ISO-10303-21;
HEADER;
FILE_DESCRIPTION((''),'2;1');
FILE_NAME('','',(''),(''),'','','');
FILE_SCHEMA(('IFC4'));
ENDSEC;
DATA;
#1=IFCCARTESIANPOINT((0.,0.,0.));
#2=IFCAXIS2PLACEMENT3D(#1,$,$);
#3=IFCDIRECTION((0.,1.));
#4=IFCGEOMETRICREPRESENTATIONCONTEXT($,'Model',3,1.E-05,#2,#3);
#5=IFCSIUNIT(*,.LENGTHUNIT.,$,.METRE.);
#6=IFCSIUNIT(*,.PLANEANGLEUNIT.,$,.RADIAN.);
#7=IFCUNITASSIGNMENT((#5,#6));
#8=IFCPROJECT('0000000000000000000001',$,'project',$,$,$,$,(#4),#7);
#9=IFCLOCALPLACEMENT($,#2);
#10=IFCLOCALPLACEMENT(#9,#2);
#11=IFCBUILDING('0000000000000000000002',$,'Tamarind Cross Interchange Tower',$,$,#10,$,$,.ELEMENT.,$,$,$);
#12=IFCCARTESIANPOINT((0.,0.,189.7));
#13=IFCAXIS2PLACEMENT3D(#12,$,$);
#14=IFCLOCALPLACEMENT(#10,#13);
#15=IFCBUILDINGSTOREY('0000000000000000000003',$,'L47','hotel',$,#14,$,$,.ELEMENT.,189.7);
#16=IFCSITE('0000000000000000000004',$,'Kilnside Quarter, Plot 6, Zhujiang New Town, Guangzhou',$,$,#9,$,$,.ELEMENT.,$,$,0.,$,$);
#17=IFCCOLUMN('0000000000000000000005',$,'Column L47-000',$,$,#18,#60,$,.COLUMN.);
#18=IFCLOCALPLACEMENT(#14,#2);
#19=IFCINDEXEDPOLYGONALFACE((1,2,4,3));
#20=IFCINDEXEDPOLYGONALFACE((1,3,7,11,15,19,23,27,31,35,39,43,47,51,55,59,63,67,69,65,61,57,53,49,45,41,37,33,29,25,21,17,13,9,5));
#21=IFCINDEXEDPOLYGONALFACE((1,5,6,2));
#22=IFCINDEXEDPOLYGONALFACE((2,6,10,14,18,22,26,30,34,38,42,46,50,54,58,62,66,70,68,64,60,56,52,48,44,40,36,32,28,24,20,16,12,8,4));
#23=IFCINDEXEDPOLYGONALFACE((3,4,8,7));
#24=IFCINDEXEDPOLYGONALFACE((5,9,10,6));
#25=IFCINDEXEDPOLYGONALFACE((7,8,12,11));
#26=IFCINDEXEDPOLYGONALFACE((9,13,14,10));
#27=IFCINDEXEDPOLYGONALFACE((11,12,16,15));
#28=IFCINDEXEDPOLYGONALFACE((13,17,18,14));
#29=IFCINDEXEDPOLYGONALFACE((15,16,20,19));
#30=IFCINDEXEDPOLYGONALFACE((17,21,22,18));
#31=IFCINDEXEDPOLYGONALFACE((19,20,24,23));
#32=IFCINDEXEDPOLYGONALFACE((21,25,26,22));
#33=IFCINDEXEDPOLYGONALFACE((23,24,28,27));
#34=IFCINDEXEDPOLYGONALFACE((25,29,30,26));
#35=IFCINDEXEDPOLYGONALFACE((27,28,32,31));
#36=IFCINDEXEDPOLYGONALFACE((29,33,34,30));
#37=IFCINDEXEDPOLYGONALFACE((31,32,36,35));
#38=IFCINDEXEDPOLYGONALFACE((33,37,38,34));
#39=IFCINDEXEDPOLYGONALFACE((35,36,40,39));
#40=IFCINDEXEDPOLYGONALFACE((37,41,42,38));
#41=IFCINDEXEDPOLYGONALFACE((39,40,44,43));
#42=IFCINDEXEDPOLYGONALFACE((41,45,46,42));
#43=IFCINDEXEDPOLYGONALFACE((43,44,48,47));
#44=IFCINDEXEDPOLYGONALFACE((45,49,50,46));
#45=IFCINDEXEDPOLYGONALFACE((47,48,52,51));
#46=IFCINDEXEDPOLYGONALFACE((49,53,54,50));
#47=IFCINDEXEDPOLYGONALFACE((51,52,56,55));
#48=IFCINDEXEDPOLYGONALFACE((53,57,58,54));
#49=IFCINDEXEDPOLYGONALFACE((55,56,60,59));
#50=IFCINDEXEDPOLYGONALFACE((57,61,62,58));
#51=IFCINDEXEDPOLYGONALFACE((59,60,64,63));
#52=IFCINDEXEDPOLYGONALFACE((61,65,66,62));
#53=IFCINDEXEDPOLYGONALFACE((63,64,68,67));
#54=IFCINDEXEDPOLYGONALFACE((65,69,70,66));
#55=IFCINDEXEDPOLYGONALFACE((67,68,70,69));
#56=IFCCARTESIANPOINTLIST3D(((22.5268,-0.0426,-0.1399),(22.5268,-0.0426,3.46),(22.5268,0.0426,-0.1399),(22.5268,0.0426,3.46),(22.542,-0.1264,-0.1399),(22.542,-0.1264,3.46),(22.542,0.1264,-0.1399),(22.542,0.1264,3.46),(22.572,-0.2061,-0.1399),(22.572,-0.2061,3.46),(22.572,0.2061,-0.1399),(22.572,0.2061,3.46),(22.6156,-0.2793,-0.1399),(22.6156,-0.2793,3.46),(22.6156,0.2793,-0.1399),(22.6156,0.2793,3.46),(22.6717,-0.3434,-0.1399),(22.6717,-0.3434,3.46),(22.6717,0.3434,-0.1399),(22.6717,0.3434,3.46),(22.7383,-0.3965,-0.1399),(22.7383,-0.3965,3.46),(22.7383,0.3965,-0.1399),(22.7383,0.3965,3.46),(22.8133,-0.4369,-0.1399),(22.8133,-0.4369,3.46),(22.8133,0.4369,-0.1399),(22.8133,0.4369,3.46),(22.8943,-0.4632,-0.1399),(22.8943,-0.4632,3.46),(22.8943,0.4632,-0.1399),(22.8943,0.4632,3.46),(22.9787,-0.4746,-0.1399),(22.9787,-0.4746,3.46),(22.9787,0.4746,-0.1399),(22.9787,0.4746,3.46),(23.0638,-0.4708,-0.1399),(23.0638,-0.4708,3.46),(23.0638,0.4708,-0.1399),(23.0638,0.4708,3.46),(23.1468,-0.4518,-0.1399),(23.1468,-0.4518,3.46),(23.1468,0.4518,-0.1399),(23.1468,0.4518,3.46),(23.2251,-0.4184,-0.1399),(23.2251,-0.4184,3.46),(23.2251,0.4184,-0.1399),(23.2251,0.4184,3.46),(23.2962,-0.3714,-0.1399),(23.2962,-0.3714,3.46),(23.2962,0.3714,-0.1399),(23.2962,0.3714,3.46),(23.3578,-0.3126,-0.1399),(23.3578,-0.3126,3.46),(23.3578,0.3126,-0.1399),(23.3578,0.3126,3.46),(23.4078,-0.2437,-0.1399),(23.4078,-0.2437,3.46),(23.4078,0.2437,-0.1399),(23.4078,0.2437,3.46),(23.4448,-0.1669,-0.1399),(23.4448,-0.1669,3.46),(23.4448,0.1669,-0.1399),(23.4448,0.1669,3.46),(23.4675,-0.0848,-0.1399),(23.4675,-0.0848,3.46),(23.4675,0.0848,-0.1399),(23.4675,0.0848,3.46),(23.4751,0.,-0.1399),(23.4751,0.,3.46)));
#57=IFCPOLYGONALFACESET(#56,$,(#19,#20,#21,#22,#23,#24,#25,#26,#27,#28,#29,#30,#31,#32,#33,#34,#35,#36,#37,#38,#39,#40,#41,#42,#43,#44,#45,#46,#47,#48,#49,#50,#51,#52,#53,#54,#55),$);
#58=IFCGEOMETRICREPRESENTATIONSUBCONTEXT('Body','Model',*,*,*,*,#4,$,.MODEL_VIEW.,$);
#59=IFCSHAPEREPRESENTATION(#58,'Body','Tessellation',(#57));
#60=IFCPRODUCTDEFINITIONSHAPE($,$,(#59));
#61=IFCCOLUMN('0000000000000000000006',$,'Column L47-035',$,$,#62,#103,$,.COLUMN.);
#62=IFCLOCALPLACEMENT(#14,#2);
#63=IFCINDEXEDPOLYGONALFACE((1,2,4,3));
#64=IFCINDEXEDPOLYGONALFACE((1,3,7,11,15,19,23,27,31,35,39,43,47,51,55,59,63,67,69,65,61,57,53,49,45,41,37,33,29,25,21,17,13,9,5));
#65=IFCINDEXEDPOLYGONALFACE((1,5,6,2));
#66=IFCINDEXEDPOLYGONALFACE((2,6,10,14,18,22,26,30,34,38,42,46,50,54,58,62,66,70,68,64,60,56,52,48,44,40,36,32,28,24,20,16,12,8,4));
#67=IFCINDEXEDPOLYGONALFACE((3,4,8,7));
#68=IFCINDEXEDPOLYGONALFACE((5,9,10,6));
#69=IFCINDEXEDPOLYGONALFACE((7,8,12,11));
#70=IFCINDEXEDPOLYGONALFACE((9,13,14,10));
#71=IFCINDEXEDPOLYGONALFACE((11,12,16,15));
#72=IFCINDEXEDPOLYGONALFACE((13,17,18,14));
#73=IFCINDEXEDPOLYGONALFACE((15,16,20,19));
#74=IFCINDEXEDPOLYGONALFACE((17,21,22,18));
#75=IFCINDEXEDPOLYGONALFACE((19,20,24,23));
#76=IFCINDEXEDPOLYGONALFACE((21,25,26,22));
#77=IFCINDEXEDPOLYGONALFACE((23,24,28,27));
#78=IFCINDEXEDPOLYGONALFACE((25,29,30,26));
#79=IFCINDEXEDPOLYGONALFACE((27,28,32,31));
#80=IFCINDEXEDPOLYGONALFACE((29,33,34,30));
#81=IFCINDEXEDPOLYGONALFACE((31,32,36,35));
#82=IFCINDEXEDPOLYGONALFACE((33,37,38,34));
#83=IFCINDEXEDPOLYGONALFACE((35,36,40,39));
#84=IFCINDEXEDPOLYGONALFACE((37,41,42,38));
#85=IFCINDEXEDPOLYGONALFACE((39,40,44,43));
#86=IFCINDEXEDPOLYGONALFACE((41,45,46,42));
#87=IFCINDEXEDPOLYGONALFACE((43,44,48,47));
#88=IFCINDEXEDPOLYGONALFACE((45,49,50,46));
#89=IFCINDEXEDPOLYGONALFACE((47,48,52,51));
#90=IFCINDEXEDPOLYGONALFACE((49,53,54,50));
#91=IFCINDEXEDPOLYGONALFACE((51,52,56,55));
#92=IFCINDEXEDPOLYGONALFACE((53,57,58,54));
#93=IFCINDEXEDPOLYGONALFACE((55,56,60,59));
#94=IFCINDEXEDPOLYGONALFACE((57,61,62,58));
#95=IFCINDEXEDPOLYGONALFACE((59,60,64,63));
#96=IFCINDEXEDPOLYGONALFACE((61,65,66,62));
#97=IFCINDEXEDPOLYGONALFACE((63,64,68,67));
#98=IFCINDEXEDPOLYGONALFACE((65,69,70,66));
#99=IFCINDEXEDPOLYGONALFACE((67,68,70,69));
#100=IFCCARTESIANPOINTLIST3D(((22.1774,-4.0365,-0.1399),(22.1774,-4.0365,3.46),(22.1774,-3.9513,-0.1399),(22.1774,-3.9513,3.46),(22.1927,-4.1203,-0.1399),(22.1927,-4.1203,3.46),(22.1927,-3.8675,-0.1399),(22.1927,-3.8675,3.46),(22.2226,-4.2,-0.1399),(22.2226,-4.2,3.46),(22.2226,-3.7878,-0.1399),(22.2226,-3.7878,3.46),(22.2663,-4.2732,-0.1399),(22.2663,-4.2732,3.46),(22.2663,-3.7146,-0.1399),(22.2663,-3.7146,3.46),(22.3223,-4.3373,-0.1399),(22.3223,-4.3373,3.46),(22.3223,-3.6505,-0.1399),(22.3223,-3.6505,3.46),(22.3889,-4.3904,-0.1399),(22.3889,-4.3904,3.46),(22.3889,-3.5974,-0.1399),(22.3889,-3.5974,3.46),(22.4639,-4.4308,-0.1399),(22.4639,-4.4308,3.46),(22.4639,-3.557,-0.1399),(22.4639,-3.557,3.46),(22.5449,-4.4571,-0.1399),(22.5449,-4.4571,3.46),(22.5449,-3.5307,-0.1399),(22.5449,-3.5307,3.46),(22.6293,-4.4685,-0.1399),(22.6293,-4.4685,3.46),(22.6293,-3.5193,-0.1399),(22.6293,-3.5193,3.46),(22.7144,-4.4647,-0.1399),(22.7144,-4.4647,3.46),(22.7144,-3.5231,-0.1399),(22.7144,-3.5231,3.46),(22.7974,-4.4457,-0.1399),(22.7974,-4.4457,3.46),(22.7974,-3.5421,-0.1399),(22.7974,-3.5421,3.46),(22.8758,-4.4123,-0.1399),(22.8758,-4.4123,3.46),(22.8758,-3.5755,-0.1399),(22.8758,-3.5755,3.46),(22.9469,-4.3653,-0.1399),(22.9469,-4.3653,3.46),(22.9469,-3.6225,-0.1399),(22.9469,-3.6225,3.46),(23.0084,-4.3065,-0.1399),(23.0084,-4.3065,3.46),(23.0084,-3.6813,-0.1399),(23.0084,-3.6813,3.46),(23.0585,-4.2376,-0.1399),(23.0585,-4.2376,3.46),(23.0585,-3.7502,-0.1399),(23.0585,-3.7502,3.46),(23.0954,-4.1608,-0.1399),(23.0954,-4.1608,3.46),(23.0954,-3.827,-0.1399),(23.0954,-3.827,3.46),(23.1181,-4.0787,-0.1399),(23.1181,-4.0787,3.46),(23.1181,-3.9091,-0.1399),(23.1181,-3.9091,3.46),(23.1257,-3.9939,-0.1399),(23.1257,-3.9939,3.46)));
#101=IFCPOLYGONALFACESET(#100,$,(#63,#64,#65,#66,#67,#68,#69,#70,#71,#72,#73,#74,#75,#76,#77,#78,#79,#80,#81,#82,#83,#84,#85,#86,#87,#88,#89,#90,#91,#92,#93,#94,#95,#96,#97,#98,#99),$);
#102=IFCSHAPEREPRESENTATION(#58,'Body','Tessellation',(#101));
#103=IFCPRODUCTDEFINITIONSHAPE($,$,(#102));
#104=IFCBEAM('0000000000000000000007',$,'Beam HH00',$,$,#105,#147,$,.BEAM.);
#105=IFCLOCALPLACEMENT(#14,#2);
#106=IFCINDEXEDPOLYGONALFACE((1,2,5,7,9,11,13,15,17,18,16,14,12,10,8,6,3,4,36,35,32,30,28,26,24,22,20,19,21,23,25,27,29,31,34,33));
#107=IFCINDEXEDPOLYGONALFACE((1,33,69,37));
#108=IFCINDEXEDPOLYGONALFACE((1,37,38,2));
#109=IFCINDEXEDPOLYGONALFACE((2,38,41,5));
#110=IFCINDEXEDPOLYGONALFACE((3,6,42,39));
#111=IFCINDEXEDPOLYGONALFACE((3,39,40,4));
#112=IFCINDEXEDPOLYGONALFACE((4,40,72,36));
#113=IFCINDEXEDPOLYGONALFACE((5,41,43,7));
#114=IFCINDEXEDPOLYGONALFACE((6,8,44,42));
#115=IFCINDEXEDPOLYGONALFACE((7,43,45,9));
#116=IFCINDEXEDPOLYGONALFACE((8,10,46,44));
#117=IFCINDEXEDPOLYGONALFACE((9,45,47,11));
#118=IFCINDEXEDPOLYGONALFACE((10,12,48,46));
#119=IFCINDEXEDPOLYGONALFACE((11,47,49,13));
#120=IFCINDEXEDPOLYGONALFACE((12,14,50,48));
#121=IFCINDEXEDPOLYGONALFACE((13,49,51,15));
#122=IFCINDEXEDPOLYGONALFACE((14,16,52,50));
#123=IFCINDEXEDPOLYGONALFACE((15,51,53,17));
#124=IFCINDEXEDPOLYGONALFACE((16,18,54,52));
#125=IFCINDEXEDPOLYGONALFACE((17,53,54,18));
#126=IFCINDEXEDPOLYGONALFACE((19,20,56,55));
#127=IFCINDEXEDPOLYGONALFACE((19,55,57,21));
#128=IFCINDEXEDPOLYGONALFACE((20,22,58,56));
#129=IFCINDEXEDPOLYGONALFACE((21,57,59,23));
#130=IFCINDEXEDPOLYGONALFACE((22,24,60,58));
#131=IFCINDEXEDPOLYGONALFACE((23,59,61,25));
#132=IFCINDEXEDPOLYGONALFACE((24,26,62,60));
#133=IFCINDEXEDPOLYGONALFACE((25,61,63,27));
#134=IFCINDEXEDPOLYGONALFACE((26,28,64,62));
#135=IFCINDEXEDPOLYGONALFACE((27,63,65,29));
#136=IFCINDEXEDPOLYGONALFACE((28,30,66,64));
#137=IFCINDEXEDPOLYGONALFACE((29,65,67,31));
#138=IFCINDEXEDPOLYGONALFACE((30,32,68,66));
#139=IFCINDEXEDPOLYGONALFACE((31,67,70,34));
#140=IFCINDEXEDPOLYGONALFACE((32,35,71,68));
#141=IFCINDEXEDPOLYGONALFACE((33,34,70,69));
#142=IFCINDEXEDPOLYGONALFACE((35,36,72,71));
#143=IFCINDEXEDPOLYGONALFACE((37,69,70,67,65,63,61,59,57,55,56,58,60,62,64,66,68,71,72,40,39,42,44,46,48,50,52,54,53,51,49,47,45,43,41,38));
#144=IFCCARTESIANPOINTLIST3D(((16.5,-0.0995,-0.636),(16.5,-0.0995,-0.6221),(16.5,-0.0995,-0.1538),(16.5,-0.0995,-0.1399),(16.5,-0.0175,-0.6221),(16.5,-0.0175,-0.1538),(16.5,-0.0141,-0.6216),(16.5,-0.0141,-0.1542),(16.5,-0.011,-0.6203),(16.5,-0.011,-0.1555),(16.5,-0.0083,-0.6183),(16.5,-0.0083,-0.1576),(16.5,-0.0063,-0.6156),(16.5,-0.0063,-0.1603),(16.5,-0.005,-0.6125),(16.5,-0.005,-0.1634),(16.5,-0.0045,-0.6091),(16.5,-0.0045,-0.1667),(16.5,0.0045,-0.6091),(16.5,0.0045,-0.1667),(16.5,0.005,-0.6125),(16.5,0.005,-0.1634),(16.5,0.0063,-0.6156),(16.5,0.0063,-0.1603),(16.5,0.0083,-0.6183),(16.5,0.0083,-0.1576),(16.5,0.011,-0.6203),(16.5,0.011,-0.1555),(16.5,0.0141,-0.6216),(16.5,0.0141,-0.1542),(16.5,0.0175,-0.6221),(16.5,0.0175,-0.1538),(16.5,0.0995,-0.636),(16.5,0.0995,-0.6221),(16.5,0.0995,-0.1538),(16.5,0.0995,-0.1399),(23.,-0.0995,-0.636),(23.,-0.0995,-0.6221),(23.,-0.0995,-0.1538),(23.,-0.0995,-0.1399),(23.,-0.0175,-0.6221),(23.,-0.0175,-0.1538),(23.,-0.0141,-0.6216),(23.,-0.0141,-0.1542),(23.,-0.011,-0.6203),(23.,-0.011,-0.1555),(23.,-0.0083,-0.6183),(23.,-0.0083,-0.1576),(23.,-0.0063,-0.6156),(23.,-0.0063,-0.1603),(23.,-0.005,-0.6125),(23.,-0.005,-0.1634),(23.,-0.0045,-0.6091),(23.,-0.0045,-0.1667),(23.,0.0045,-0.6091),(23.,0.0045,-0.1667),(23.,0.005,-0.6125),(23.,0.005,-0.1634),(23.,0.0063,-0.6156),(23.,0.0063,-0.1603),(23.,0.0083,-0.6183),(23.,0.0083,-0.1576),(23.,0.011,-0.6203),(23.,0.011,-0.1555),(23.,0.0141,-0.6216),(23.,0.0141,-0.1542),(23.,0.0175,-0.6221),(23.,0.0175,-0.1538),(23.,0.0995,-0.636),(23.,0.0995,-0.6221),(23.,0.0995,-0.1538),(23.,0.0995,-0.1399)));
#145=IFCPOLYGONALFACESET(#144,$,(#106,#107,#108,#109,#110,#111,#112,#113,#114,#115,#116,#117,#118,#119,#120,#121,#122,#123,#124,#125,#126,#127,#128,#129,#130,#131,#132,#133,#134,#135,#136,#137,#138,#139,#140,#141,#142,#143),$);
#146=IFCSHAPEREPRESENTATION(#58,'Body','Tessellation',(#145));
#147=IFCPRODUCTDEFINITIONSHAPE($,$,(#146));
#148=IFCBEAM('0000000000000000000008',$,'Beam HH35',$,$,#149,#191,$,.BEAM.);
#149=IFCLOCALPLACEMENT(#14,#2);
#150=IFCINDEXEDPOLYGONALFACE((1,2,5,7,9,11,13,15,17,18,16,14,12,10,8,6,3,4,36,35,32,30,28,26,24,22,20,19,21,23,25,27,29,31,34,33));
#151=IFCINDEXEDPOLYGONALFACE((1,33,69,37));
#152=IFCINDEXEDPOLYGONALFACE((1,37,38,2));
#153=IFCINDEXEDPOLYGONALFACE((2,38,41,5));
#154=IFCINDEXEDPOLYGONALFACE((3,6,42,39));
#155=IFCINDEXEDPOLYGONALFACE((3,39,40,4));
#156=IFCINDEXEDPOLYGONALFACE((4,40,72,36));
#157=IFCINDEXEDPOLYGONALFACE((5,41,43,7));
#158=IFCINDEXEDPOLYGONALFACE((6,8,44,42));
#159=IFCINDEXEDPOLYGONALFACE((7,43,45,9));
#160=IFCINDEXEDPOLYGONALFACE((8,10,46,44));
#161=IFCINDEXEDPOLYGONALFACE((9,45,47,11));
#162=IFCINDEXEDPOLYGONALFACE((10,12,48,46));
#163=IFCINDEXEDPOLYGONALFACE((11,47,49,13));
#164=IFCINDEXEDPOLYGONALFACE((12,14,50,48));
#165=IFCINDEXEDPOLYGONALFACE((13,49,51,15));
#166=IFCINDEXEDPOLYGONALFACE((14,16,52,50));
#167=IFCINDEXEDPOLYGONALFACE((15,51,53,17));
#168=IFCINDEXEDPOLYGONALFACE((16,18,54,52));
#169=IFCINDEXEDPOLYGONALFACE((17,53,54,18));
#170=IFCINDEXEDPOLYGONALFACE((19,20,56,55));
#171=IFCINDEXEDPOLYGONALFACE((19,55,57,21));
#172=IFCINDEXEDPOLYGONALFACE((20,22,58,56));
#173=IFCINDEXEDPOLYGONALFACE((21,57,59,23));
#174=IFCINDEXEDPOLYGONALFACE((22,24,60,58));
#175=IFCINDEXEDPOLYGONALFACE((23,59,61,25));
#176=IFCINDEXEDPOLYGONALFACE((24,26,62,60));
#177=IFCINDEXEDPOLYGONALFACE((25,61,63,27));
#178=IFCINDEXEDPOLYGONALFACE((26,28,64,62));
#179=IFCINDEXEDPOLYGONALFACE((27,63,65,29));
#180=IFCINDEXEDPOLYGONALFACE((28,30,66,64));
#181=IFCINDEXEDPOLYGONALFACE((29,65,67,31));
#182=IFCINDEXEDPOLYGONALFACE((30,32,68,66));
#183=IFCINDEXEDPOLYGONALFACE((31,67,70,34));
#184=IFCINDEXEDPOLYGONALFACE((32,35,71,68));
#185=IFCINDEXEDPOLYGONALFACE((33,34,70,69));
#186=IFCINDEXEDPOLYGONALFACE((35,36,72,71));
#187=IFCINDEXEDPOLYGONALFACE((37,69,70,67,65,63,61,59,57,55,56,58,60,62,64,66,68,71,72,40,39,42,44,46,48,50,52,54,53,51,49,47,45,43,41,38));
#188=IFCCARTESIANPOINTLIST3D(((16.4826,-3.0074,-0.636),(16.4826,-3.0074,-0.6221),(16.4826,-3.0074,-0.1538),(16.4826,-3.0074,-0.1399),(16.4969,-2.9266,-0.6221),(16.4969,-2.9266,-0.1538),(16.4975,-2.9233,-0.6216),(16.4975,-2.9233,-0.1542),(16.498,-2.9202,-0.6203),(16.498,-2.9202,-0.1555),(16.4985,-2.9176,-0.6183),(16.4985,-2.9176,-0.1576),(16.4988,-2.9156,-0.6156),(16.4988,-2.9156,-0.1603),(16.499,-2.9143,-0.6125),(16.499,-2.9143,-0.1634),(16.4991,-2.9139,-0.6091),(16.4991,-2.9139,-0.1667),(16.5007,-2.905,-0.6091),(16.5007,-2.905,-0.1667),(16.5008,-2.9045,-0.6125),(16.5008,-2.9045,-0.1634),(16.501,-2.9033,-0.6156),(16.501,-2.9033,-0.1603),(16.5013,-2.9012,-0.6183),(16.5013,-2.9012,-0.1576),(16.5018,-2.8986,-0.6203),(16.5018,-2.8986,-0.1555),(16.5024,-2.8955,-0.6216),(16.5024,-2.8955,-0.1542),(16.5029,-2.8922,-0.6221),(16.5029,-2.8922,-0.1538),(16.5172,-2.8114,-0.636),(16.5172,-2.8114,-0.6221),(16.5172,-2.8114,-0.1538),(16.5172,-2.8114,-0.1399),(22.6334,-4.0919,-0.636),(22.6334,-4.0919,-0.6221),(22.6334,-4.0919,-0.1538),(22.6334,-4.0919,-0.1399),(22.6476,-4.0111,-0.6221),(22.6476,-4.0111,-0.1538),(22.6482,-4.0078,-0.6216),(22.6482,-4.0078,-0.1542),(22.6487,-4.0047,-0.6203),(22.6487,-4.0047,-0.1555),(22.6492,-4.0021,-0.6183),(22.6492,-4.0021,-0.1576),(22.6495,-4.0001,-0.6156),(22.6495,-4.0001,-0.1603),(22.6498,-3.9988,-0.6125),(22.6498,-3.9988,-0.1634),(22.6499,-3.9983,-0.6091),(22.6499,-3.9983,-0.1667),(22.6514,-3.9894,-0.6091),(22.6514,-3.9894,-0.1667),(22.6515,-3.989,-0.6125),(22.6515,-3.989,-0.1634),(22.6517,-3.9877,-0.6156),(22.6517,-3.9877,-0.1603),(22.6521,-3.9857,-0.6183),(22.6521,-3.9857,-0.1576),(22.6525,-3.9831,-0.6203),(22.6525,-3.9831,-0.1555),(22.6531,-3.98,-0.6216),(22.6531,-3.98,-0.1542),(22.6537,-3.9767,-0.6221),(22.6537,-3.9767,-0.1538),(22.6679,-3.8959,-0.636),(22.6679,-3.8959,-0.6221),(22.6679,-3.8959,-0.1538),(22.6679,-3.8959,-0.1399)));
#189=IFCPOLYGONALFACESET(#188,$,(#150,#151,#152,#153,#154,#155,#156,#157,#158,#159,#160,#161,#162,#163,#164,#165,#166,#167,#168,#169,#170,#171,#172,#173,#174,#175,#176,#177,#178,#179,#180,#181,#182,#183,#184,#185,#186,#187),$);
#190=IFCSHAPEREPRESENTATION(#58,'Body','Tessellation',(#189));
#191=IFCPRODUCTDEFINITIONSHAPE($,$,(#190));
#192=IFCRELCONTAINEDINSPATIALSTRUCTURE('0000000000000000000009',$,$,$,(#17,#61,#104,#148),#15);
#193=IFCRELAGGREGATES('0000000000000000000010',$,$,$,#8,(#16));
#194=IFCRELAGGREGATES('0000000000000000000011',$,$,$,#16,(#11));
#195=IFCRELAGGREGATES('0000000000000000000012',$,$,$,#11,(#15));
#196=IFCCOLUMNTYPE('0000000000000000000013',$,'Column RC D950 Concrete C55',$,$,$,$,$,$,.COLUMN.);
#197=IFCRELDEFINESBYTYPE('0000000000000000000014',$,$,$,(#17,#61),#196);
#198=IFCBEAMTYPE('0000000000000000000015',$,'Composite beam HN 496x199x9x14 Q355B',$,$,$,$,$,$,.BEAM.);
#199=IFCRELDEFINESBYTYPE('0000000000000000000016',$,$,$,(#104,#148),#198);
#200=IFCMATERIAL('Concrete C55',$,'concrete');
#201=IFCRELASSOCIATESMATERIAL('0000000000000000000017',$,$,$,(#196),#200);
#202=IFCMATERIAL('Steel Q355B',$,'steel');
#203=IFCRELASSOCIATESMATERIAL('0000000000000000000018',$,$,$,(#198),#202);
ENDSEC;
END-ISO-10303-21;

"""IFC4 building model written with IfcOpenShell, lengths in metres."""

from ifc_helpers import new_model, si_unit, direction, frame, origin, origin_2d, place, context, subcontext, project, spatial, circle, i_section, extrude, material, material_profile, profile_set, type_object, element, save


model = new_model("IFC4")

# Units and contexts
model_context = context("Model", 3, precision=1e-05, world=origin(), true_north=direction((0.0, 1.0)))
body_context = subcontext(model_context, "Body", "Model", "MODEL_VIEW")
ifc_project = project(units=[si_unit("LENGTHUNIT", "METRE"), si_unit("PLANEANGLEUNIT", "RADIAN")], contexts=[model_context])

# Site, building, storey
site_placement = place(None, origin())
site = spatial("IfcSite", under=ifc_project, at=site_placement, Name="Kilnside Quarter, Plot 6, Zhujiang New Town, Guangzhou", CompositionType="ELEMENT", RefElevation=0.0)
building_placement = place(site_placement, origin())
building = spatial("IfcBuilding", under=site, at=building_placement, Name="Tamarind Cross Interchange Tower", CompositionType="ELEMENT")
storey_placement = place(building_placement, frame((0.0, 0.0, 189.7)))
storey = spatial("IfcBuildingStorey", under=building, at=storey_placement, Name="L47", Description="hotel", CompositionType="ELEMENT", Elevation=189.7)

# Columns
ifc_material_1 = material(Name="Concrete C55", Category="concrete")
ifc_material_profile_1 = material_profile(ifc_material_1, circle(Radius=0.4751, at=origin_2d()), Name="RC D950")
ifc_profile_set_1 = profile_set([ifc_material_profile_1], Name="Concrete C55")
column_type = type_object("IfcColumnType", Name="Column RC D950 Concrete C55", PredefinedType="COLUMN", material=ifc_profile_set_1)
for number, where, z_axis, x_axis, name in (
    (1, (23.0, 0.0, -0.1399), (0.0, 0.0, 1.0), (1.0, 0.0, 0.0), "Column L47-000"),
    (2, (22.6506, -3.9939, -0.1399), (0.0, 0.0, 1.0), (1.0, 0.0, 0.0), "Column L47-035"),
):
    element("IfcColumn", number, at=place(storey_placement, frame(where, z_axis=z_axis, x_axis=x_axis)), inside=storey, type_object=column_type, Name=name, PredefinedType="COLUMN", context=body_context, shape_type="SweptSolid", body=[
        extrude(circle(Radius=0.4751, at=origin_2d()), origin(), (0.0, 0.0, 1.0), 3.5999),
    ])

# Beams
ifc_material_2 = material(Name="Steel Q355B", Category="steel")
ifc_material_profile_2 = material_profile(ifc_material_2, i_section(OverallWidth=0.199, OverallDepth=0.4961, WebThickness=0.009, FlangeThickness=0.0139, FilletRadius=0.0129, at=origin_2d()), Name="HN 496x199x9x14")
ifc_profile_set_2 = profile_set([ifc_material_profile_2], Name="Steel Q355B")
beam_type = type_object("IfcBeamType", Name="Composite beam HN 496x199x9x14 Q355B", PredefinedType="BEAM", material=ifc_profile_set_2)
beam_1_placement = place(storey_placement, frame((23.0, 0.0, -0.3879), z_axis=(-1.0, 0.0, 0.0), x_axis=(0.0, -1.0, 0.0)))
element("IfcBeam", 3, at=beam_1_placement, inside=storey, type_object=beam_type, Name="Beam HH00", PredefinedType="BEAM", context=body_context, shape_type="SweptSolid", body=[
    extrude(i_section(OverallWidth=0.199, OverallDepth=0.4961, WebThickness=0.009, FlangeThickness=0.0139, FilletRadius=0.0129, at=origin_2d()), origin(), (0.0, 0.0, 1.0), 6.5),
])
beam_2_placement = place(storey_placement, frame((22.6506, -3.9939, -0.3879), z_axis=(-0.984809, 0.17364, 0.0), x_axis=(-0.17364, -0.984809, 0.0)))
element("IfcBeam", 4, at=beam_2_placement, inside=storey, type_object=beam_type, Name="Beam HH35", PredefinedType="BEAM", context=body_context, shape_type="SweptSolid", body=[
    extrude(i_section(OverallWidth=0.199, OverallDepth=0.4961, WebThickness=0.009, FlangeThickness=0.0139, FilletRadius=0.0129, at=origin_2d()), origin(), (0.0, 0.0, 1.0), 6.2456),
])

save(model, "model.ifc")
